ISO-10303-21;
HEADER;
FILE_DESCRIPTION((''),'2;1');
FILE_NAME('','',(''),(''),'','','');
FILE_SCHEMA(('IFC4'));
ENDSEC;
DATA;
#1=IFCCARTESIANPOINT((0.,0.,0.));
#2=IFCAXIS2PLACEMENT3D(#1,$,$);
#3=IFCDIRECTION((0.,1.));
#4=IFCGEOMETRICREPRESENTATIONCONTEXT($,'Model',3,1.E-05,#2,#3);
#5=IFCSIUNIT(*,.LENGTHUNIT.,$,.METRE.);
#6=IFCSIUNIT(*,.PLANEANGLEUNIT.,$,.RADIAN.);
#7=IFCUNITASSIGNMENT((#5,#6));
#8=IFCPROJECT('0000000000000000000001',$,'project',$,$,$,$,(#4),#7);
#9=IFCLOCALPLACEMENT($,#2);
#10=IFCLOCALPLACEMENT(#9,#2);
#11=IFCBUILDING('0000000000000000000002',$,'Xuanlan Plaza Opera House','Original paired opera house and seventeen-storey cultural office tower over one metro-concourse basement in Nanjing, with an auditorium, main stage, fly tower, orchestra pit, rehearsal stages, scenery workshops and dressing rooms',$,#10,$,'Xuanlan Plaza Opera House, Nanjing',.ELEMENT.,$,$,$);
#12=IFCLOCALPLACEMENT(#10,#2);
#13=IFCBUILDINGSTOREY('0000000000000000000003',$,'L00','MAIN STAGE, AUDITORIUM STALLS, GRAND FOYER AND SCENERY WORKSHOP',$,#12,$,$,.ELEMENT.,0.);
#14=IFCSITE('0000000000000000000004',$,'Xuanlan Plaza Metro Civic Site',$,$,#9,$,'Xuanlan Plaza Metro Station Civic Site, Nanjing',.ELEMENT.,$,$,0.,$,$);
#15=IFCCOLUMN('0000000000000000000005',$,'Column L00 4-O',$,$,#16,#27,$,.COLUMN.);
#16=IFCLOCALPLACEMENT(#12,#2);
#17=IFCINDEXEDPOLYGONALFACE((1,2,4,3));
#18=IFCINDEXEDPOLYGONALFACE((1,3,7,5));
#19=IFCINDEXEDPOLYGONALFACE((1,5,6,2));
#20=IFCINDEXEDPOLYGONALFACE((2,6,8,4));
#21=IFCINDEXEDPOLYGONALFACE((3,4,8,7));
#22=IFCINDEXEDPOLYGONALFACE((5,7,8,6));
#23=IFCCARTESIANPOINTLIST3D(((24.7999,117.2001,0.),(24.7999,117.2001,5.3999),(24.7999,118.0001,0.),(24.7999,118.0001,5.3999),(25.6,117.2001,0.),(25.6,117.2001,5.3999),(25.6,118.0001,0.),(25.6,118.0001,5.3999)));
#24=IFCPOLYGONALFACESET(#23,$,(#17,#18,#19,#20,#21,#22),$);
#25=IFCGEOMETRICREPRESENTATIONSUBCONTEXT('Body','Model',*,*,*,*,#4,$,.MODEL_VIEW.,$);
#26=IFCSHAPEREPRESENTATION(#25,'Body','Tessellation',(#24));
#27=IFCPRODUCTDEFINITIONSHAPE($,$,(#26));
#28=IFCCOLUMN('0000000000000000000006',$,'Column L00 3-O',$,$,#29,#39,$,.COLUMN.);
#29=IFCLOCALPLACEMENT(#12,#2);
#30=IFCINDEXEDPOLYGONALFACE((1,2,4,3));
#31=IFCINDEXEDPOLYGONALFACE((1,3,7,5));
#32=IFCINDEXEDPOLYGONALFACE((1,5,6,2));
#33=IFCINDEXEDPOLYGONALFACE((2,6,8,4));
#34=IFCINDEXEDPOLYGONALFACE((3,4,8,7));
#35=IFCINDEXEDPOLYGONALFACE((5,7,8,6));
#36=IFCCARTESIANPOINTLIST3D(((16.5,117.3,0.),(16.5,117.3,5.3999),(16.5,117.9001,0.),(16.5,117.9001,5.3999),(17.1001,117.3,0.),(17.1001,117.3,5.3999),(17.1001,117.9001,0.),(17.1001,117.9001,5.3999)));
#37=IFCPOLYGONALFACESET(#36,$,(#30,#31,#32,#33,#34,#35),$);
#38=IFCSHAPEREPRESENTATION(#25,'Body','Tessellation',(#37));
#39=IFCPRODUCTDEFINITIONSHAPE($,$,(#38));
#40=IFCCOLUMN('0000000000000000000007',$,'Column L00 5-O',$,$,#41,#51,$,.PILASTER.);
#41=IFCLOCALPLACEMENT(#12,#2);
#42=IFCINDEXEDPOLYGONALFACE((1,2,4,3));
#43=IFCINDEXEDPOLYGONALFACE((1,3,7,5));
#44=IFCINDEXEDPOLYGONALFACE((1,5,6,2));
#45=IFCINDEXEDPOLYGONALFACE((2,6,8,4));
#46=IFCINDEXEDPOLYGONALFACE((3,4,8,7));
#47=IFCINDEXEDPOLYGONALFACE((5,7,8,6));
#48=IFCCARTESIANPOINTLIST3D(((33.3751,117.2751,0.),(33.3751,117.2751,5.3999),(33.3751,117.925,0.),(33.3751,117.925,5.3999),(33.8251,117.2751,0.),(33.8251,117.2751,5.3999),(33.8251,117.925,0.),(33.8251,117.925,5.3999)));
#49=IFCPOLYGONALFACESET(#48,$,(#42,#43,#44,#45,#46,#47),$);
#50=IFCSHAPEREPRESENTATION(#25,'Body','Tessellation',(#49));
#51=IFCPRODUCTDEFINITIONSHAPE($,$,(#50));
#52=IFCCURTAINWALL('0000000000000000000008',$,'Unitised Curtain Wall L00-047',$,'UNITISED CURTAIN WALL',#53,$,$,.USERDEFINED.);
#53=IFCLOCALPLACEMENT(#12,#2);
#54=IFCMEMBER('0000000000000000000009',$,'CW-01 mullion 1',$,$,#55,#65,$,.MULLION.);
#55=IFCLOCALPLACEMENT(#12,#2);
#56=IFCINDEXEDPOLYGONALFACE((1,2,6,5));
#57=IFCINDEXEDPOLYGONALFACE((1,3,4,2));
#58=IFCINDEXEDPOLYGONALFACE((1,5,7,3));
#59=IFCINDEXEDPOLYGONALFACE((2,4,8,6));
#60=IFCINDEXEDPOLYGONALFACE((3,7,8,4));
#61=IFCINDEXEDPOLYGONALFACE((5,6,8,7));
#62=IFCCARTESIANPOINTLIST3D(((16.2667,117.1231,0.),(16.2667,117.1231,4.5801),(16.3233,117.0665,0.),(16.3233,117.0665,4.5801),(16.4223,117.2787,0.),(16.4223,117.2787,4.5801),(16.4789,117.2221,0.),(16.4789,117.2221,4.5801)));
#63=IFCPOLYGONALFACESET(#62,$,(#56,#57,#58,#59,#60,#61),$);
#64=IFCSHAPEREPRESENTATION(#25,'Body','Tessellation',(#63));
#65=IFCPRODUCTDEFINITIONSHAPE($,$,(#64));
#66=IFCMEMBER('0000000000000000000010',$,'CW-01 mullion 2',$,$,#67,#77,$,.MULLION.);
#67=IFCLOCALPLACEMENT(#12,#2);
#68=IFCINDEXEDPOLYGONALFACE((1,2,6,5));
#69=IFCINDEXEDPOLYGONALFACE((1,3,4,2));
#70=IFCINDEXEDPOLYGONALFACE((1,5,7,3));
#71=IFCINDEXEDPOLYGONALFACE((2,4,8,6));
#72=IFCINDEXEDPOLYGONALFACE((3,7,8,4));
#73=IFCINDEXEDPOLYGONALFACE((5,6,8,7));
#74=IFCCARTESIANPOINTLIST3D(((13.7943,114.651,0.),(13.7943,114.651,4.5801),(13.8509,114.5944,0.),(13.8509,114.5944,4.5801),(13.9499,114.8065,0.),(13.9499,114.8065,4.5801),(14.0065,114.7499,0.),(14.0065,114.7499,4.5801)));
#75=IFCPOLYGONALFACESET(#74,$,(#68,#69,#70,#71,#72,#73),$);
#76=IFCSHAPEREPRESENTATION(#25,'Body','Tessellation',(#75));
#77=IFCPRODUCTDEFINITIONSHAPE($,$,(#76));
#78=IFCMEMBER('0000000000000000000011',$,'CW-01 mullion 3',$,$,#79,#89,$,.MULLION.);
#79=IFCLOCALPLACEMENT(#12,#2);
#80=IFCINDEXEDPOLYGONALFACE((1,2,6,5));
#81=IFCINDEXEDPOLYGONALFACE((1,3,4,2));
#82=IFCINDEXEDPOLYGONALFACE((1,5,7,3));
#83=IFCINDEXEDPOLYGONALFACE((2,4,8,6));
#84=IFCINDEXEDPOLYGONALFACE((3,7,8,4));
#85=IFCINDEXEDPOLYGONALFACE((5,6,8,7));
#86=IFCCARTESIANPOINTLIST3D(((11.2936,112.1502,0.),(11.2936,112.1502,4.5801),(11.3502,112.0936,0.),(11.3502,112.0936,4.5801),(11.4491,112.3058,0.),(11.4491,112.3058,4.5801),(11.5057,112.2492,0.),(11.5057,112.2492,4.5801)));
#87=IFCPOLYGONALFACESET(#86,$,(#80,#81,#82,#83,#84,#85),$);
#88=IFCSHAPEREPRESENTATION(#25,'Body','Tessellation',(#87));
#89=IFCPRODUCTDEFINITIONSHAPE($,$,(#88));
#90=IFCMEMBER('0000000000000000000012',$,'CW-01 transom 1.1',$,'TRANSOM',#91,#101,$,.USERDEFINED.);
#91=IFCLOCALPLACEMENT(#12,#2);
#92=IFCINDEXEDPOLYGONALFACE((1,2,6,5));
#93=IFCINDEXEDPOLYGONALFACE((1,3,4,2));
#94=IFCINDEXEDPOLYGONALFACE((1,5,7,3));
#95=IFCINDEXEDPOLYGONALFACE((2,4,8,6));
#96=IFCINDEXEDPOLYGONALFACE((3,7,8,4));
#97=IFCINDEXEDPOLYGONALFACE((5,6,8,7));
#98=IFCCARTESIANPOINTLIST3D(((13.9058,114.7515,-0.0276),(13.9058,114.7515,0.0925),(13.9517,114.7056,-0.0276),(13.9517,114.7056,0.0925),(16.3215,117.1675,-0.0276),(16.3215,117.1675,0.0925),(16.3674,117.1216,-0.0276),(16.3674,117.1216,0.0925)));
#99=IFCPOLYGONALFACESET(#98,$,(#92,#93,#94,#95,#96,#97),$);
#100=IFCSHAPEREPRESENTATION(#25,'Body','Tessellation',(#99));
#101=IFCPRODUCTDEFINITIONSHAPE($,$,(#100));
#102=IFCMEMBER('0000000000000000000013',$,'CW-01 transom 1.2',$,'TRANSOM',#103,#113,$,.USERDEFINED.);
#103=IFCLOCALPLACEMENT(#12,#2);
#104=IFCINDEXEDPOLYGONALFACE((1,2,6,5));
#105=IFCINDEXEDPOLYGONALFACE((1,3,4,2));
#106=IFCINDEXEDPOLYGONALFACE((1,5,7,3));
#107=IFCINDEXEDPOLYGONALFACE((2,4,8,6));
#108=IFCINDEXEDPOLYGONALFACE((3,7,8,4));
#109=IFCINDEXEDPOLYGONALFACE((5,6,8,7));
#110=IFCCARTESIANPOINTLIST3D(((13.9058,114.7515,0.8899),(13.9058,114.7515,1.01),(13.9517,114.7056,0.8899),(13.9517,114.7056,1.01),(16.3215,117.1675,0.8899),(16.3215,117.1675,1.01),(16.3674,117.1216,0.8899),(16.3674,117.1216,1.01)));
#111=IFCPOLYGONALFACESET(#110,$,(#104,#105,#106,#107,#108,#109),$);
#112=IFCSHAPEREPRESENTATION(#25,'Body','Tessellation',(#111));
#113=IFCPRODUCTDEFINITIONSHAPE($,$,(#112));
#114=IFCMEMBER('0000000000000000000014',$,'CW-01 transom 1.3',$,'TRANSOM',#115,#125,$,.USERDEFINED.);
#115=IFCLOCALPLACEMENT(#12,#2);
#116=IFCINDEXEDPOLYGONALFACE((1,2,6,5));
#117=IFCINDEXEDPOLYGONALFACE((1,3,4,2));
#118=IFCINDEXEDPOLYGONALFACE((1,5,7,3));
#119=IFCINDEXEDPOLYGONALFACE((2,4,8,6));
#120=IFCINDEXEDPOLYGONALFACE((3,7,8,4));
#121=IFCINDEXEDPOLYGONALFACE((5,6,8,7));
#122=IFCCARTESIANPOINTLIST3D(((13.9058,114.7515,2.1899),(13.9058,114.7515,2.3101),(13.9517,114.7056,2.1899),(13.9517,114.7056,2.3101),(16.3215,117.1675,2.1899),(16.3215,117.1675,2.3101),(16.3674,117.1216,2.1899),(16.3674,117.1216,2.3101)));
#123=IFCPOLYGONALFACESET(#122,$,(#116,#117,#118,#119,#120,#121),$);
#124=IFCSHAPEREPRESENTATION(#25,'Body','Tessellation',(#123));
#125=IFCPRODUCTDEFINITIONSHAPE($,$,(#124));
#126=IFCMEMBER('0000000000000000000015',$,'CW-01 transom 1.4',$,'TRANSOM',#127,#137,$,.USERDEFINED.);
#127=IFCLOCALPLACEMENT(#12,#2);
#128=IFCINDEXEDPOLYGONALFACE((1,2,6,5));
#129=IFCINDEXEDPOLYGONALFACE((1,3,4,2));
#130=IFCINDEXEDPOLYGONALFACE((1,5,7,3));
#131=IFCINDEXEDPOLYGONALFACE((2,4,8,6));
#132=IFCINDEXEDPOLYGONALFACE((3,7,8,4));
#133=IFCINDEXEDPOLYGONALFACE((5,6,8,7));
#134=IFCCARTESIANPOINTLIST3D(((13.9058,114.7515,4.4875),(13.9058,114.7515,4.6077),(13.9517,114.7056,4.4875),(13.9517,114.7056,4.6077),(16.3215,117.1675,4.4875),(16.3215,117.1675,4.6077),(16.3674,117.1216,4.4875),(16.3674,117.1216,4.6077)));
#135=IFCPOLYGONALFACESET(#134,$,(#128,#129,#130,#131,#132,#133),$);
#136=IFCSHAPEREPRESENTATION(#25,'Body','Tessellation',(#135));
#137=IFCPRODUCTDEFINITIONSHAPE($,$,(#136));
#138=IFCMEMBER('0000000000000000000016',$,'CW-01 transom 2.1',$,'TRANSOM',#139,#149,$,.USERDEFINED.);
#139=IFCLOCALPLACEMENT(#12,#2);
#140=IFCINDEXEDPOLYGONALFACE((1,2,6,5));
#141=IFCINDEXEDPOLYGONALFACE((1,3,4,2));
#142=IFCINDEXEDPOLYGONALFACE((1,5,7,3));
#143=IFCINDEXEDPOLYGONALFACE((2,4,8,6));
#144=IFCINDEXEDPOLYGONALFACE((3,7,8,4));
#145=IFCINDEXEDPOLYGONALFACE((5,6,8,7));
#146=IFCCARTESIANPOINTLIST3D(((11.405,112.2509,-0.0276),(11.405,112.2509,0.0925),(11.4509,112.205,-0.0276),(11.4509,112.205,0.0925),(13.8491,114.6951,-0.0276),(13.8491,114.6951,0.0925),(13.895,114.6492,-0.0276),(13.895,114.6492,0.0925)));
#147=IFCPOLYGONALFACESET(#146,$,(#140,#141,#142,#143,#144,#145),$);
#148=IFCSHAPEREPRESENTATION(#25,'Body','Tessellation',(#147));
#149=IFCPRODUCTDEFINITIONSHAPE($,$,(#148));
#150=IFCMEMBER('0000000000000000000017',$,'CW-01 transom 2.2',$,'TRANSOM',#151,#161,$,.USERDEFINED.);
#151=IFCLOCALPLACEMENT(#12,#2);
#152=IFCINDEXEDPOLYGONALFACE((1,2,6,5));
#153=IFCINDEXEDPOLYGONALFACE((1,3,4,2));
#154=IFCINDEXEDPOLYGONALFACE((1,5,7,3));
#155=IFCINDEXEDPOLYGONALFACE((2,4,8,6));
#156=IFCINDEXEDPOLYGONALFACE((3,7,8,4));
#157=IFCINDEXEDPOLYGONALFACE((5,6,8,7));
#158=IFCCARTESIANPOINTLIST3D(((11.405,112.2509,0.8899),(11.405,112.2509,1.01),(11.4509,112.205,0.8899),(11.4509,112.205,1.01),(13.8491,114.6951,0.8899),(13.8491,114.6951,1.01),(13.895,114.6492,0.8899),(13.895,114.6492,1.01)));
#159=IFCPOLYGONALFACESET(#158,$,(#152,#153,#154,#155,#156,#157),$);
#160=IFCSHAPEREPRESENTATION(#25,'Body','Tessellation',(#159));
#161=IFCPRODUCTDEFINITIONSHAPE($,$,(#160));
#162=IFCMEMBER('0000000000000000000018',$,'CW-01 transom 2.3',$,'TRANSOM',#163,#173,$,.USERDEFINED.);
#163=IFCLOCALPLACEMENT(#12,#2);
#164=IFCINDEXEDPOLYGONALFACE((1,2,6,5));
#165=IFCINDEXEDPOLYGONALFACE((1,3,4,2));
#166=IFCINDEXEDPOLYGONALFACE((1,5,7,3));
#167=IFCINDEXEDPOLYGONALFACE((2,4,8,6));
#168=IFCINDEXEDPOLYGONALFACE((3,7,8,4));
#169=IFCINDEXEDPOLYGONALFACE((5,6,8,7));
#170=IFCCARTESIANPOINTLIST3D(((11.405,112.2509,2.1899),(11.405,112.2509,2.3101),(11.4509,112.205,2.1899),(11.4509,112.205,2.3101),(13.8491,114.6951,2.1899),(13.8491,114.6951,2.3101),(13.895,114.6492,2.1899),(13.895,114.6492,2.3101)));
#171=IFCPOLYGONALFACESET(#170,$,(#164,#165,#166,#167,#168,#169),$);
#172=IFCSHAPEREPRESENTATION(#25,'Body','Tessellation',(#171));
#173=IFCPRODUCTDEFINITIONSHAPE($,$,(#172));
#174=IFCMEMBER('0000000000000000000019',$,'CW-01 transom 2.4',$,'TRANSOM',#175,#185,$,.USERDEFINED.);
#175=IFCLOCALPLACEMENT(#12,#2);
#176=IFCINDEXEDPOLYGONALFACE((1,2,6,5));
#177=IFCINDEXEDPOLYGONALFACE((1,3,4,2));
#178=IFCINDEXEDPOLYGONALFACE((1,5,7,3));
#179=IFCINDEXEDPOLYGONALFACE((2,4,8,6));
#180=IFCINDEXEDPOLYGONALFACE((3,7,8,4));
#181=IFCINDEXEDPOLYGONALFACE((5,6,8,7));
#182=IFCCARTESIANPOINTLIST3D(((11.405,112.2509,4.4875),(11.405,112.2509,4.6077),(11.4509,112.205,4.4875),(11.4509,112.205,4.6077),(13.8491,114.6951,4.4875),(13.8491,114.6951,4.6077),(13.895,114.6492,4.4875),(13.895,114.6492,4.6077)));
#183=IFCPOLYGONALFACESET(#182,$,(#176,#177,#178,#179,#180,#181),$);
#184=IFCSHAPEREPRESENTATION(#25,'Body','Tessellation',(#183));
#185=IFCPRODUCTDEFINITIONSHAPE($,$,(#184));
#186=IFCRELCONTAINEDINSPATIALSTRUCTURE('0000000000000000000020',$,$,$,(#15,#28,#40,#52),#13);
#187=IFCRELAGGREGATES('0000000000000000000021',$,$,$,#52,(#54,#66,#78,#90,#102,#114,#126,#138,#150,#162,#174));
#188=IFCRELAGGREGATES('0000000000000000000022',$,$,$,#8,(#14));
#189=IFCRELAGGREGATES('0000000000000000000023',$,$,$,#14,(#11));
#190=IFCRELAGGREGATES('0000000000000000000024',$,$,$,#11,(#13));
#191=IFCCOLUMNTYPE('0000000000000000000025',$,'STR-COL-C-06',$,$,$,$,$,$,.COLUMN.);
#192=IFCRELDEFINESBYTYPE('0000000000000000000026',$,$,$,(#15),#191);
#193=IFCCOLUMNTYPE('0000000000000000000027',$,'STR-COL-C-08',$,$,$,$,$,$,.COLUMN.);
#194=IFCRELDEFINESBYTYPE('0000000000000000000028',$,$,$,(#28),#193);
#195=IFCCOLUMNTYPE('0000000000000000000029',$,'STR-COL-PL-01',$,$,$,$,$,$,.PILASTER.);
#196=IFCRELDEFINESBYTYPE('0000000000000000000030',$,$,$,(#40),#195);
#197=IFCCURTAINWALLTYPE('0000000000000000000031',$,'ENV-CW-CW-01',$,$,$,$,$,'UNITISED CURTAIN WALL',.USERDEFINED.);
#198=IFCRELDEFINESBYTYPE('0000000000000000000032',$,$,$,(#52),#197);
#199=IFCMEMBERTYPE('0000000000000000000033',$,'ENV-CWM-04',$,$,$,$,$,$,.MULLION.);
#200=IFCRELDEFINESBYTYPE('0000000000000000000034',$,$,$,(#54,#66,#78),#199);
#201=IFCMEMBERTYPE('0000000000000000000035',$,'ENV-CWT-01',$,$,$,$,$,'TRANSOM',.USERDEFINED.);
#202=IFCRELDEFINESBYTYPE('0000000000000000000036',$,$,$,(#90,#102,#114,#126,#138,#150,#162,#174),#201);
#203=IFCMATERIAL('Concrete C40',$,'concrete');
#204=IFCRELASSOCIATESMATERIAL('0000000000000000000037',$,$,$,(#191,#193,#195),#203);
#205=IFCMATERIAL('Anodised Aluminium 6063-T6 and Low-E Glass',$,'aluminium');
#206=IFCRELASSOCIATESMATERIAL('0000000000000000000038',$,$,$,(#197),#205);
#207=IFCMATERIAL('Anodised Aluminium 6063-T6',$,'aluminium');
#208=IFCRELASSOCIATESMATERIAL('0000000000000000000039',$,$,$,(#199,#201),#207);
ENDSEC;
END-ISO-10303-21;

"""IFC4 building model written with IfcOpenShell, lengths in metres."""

from ifc_helpers import new_model, si_unit, direction, frame, origin, origin_2d, place, context, subcontext, project, spatial, rectangle, extrude, material, material_profile, profile_set, type_object, element, aggregate, save


model = new_model("IFC4")

# Units and contexts
model_context = context("Model", 3, precision=1e-05, world=origin(), true_north=direction((0.0, 1.0)))
body_context = subcontext(model_context, "Body", "Model", "MODEL_VIEW")
ifc_project = project(units=[si_unit("LENGTHUNIT", "METRE"), si_unit("PLANEANGLEUNIT", "RADIAN")], contexts=[model_context])

# Site, building, storey
site_placement = place(None, origin())
site = spatial("IfcSite", under=ifc_project, at=site_placement, Name="Xuanlan Plaza Metro Civic Site", LongName="Xuanlan Plaza Metro Station Civic Site, Nanjing", CompositionType="ELEMENT", RefElevation=0.0)
building_placement = place(site_placement, origin())
building = spatial("IfcBuilding", under=site, at=building_placement, Name="Xuanlan Plaza Opera House", Description="Original paired opera house and seventeen-storey cultural office tower over one metro-concourse basement in Nanjing, with an auditorium, main stage, fly tower, orchestra pit, rehearsal stages, scenery workshops and dressing rooms", LongName="Xuanlan Plaza Opera House, Nanjing", CompositionType="ELEMENT")
storey_placement = place(building_placement, origin())
storey = spatial("IfcBuildingStorey", under=building, at=storey_placement, Name="L00", Description="MAIN STAGE, AUDITORIUM STALLS, GRAND FOYER AND SCENERY WORKSHOP", CompositionType="ELEMENT", Elevation=0.0)

# Columns
ifc_material_1 = material(Name="Concrete C40", Category="concrete")
ifc_material_profile_1 = material_profile(ifc_material_1, rectangle(XDim=0.8, YDim=0.8, at=origin_2d()), Name="RC-COL 800x800")
ifc_profile_set_1 = profile_set([ifc_material_profile_1], Name="Concrete C40")
column_type_1 = type_object("IfcColumnType", Name="STR-COL-C-06", PredefinedType="COLUMN", material=ifc_profile_set_1)
column_1_placement = place(storey_placement, frame((25.2, 117.6001, 0.0), z_axis=(0.0, 0.0, 1.0), x_axis=(1.0, 0.0, 0.0)))
element("IfcColumn", 1, at=column_1_placement, inside=storey, type_object=column_type_1, Name="Column L00 4-O", PredefinedType="COLUMN", context=body_context, shape_type="SweptSolid", body=[
    extrude(rectangle(XDim=0.8, YDim=0.8, at=origin_2d()), origin(), (0.0, 0.0, 1.0), 5.3999),
])
ifc_material_profile_2 = material_profile(ifc_material_1, rectangle(XDim=0.6001, YDim=0.6001, at=origin_2d()), Name="RC-COL 600x600")
ifc_profile_set_2 = profile_set([ifc_material_profile_2], Name="Concrete C40")
column_type_2 = type_object("IfcColumnType", Name="STR-COL-C-08", PredefinedType="COLUMN", material=ifc_profile_set_2)
column_2_placement = place(storey_placement, frame((16.8, 117.6001, 0.0), z_axis=(0.0, 0.0, 1.0), x_axis=(1.0, 0.0, 0.0)))
element("IfcColumn", 2, at=column_2_placement, inside=storey, type_object=column_type_2, Name="Column L00 3-O", PredefinedType="COLUMN", context=body_context, shape_type="SweptSolid", body=[
    extrude(rectangle(XDim=0.6001, YDim=0.6001, at=origin_2d()), origin(), (0.0, 0.0, 1.0), 5.3999),
])
ifc_material_profile_3 = material_profile(ifc_material_1, rectangle(XDim=0.45, YDim=0.6499, at=origin_2d()), Name="RC-PIL 450x650")
ifc_profile_set_3 = profile_set([ifc_material_profile_3], Name="Concrete C40")
column_type_3 = type_object("IfcColumnType", Name="STR-COL-PL-01", PredefinedType="PILASTER", material=ifc_profile_set_3)
column_3_placement = place(storey_placement, frame((33.6001, 117.6001, 0.0), z_axis=(0.0, 0.0, 1.0), x_axis=(1.0, 0.0, 0.0)))
element("IfcColumn", 3, at=column_3_placement, inside=storey, type_object=column_type_3, Name="Column L00 5-O", PredefinedType="PILASTER", context=body_context, shape_type="SweptSolid", body=[
    extrude(rectangle(XDim=0.45, YDim=0.6499, at=origin_2d()), origin(), (0.0, 0.0, 1.0), 5.3999),
])

# Curtain wall, members
ifc_material_2 = material(Name="Anodised Aluminium 6063-T6 and Low-E Glass", Category="aluminium")
curtain_wall_type = type_object("IfcCurtainWallType", Name="ENV-CW-CW-01", ElementType="UNITISED CURTAIN WALL", PredefinedType="USERDEFINED", material=ifc_material_2)
curtain_wall_placement = place(storey_placement, origin())
curtain_wall = element("IfcCurtainWall", 4, at=curtain_wall_placement, inside=storey, type_object=curtain_wall_type, Name="Unitised Curtain Wall L00-047", ObjectType="UNITISED CURTAIN WALL", PredefinedType="USERDEFINED")
ifc_material_3 = material(Name="Anodised Aluminium 6063-T6", Category="aluminium")
ifc_material_profile_4 = material_profile(ifc_material_3, rectangle(XDim=0.0801, YDim=0.22, at=origin_2d()), Name="ALU-M 80x220")
ifc_profile_set_4 = profile_set([ifc_material_profile_4], Name="Anodised Aluminium 6063-T6")
member_type_1 = type_object("IfcMemberType", Name="ENV-CWM-04", PredefinedType="MULLION", material=ifc_profile_set_4)
member_1_placement = place(storey_placement, frame((16.3728, 117.1726, 0.0), z_axis=(0.0, 0.0, 1.0), x_axis=(0.707107, -0.707107, 0.0)))
member_1 = element("IfcMember", 5, at=member_1_placement, type_object=member_type_1, Name="CW-01 mullion 1", PredefinedType="MULLION", context=body_context, shape_type="SweptSolid", body=[
    extrude(rectangle(XDim=0.0801, YDim=0.22, at=origin_2d()), origin(), (0.0, 0.0, 1.0), 4.5801),
])
member_2_placement = place(storey_placement, frame((13.9004, 114.7004, 0.0), z_axis=(0.0, 0.0, 1.0), x_axis=(0.707107, -0.707107, 0.0)))
member_2 = element("IfcMember", 6, at=member_2_placement, type_object=member_type_1, Name="CW-01 mullion 2", PredefinedType="MULLION", context=body_context, shape_type="SweptSolid", body=[
    extrude(rectangle(XDim=0.0801, YDim=0.22, at=origin_2d()), origin(), (0.0, 0.0, 1.0), 4.5801),
])
member_3_placement = place(storey_placement, frame((11.3997, 112.1997, 0.0), z_axis=(0.0, 0.0, 1.0), x_axis=(0.707107, -0.707107, 0.0)))
member_3 = element("IfcMember", 7, at=member_3_placement, type_object=member_type_1, Name="CW-01 mullion 3", PredefinedType="MULLION", context=body_context, shape_type="SweptSolid", body=[
    extrude(rectangle(XDim=0.0801, YDim=0.22, at=origin_2d()), origin(), (0.0, 0.0, 1.0), 4.5801),
])
ifc_material_profile_5 = material_profile(ifc_material_3, rectangle(XDim=0.0649, YDim=0.1201, at=origin_2d()), Name="ALU-T 65x120")
ifc_profile_set_5 = profile_set([ifc_material_profile_5], Name="Anodised Aluminium 6063-T6")
member_type_2 = type_object("IfcMemberType", Name="ENV-CWT-01", ElementType="TRANSOM", PredefinedType="USERDEFINED", material=ifc_profile_set_5)
member_4_placement = place(storey_placement, frame((16.3445, 117.1445, 0.0325), z_axis=(-0.707071, -0.707143, 0.0), x_axis=(0.707143, -0.707071, 0.0)))
member_4 = element("IfcMember", 8, at=member_4_placement, type_object=member_type_2, Name="CW-01 transom 1.1", ObjectType="TRANSOM", PredefinedType="USERDEFINED", context=body_context, shape_type="SweptSolid", body=[
    extrude(rectangle(XDim=0.0649, YDim=0.1201, at=origin_2d()), origin(), (0.0, 0.0, 1.0), 3.4165),
])
member_5_placement = place(storey_placement, frame((16.3445, 117.1445, 0.95), z_axis=(-0.707071, -0.707143, 0.0), x_axis=(0.707143, -0.707071, 0.0)))
member_5 = element("IfcMember", 9, at=member_5_placement, type_object=member_type_2, Name="CW-01 transom 1.2", ObjectType="TRANSOM", PredefinedType="USERDEFINED", context=body_context, shape_type="SweptSolid", body=[
    extrude(rectangle(XDim=0.0649, YDim=0.1201, at=origin_2d()), origin(), (0.0, 0.0, 1.0), 3.4165),
])
member_6_placement = place(storey_placement, frame((16.3445, 117.1445, 2.25), z_axis=(-0.707071, -0.707143, 0.0), x_axis=(0.707143, -0.707071, 0.0)))
member_6 = element("IfcMember", 10, at=member_6_placement, type_object=member_type_2, Name="CW-01 transom 1.3", ObjectType="TRANSOM", PredefinedType="USERDEFINED", context=body_context, shape_type="SweptSolid", body=[
    extrude(rectangle(XDim=0.0649, YDim=0.1201, at=origin_2d()), origin(), (0.0, 0.0, 1.0), 3.4165),
])
member_7_placement = place(storey_placement, frame((16.3445, 117.1445, 4.5476), z_axis=(-0.707071, -0.707143, 0.0), x_axis=(0.707143, -0.707071, 0.0)))
member_7 = element("IfcMember", 11, at=member_7_placement, type_object=member_type_2, Name="CW-01 transom 1.4", ObjectType="TRANSOM", PredefinedType="USERDEFINED", context=body_context, shape_type="SweptSolid", body=[
    extrude(rectangle(XDim=0.0649, YDim=0.1201, at=origin_2d()), origin(), (0.0, 0.0, 1.0), 3.4165),
])
member_8_placement = place(storey_placement, frame((13.8721, 114.6721, 0.0325), z_axis=(-0.707107, -0.707107, 0.0), x_axis=(0.707107, -0.707107, 0.0)))
member_8 = element("IfcMember", 12, at=member_8_placement, type_object=member_type_2, Name="CW-01 transom 2.1", ObjectType="TRANSOM", PredefinedType="USERDEFINED", context=body_context, shape_type="SweptSolid", body=[
    extrude(rectangle(XDim=0.0649, YDim=0.1201, at=origin_2d()), origin(), (0.0, 0.0, 1.0), 3.4565),
])
member_9_placement = place(storey_placement, frame((13.8721, 114.6721, 0.95), z_axis=(-0.707107, -0.707107, 0.0), x_axis=(0.707107, -0.707107, 0.0)))
member_9 = element("IfcMember", 13, at=member_9_placement, type_object=member_type_2, Name="CW-01 transom 2.2", ObjectType="TRANSOM", PredefinedType="USERDEFINED", context=body_context, shape_type="SweptSolid", body=[
    extrude(rectangle(XDim=0.0649, YDim=0.1201, at=origin_2d()), origin(), (0.0, 0.0, 1.0), 3.4565),
])
member_10_placement = place(storey_placement, frame((13.8721, 114.6721, 2.25), z_axis=(-0.707107, -0.707107, 0.0), x_axis=(0.707107, -0.707107, 0.0)))
member_10 = element("IfcMember", 14, at=member_10_placement, type_object=member_type_2, Name="CW-01 transom 2.3", ObjectType="TRANSOM", PredefinedType="USERDEFINED", context=body_context, shape_type="SweptSolid", body=[
    extrude(rectangle(XDim=0.0649, YDim=0.1201, at=origin_2d()), origin(), (0.0, 0.0, 1.0), 3.4565),
])
member_11_placement = place(storey_placement, frame((13.8721, 114.6721, 4.5476), z_axis=(-0.707107, -0.707107, 0.0), x_axis=(0.707107, -0.707107, 0.0)))
member_11 = element("IfcMember", 15, at=member_11_placement, type_object=member_type_2, Name="CW-01 transom 2.4", ObjectType="TRANSOM", PredefinedType="USERDEFINED", context=body_context, shape_type="SweptSolid", body=[
    extrude(rectangle(XDim=0.0649, YDim=0.1201, at=origin_2d()), origin(), (0.0, 0.0, 1.0), 3.4565),
])

aggregate(curtain_wall, [member_1, member_2, member_3, member_4, member_5, member_6, member_7, member_8, member_9, member_10, member_11])

save(model, "model.ifc")
